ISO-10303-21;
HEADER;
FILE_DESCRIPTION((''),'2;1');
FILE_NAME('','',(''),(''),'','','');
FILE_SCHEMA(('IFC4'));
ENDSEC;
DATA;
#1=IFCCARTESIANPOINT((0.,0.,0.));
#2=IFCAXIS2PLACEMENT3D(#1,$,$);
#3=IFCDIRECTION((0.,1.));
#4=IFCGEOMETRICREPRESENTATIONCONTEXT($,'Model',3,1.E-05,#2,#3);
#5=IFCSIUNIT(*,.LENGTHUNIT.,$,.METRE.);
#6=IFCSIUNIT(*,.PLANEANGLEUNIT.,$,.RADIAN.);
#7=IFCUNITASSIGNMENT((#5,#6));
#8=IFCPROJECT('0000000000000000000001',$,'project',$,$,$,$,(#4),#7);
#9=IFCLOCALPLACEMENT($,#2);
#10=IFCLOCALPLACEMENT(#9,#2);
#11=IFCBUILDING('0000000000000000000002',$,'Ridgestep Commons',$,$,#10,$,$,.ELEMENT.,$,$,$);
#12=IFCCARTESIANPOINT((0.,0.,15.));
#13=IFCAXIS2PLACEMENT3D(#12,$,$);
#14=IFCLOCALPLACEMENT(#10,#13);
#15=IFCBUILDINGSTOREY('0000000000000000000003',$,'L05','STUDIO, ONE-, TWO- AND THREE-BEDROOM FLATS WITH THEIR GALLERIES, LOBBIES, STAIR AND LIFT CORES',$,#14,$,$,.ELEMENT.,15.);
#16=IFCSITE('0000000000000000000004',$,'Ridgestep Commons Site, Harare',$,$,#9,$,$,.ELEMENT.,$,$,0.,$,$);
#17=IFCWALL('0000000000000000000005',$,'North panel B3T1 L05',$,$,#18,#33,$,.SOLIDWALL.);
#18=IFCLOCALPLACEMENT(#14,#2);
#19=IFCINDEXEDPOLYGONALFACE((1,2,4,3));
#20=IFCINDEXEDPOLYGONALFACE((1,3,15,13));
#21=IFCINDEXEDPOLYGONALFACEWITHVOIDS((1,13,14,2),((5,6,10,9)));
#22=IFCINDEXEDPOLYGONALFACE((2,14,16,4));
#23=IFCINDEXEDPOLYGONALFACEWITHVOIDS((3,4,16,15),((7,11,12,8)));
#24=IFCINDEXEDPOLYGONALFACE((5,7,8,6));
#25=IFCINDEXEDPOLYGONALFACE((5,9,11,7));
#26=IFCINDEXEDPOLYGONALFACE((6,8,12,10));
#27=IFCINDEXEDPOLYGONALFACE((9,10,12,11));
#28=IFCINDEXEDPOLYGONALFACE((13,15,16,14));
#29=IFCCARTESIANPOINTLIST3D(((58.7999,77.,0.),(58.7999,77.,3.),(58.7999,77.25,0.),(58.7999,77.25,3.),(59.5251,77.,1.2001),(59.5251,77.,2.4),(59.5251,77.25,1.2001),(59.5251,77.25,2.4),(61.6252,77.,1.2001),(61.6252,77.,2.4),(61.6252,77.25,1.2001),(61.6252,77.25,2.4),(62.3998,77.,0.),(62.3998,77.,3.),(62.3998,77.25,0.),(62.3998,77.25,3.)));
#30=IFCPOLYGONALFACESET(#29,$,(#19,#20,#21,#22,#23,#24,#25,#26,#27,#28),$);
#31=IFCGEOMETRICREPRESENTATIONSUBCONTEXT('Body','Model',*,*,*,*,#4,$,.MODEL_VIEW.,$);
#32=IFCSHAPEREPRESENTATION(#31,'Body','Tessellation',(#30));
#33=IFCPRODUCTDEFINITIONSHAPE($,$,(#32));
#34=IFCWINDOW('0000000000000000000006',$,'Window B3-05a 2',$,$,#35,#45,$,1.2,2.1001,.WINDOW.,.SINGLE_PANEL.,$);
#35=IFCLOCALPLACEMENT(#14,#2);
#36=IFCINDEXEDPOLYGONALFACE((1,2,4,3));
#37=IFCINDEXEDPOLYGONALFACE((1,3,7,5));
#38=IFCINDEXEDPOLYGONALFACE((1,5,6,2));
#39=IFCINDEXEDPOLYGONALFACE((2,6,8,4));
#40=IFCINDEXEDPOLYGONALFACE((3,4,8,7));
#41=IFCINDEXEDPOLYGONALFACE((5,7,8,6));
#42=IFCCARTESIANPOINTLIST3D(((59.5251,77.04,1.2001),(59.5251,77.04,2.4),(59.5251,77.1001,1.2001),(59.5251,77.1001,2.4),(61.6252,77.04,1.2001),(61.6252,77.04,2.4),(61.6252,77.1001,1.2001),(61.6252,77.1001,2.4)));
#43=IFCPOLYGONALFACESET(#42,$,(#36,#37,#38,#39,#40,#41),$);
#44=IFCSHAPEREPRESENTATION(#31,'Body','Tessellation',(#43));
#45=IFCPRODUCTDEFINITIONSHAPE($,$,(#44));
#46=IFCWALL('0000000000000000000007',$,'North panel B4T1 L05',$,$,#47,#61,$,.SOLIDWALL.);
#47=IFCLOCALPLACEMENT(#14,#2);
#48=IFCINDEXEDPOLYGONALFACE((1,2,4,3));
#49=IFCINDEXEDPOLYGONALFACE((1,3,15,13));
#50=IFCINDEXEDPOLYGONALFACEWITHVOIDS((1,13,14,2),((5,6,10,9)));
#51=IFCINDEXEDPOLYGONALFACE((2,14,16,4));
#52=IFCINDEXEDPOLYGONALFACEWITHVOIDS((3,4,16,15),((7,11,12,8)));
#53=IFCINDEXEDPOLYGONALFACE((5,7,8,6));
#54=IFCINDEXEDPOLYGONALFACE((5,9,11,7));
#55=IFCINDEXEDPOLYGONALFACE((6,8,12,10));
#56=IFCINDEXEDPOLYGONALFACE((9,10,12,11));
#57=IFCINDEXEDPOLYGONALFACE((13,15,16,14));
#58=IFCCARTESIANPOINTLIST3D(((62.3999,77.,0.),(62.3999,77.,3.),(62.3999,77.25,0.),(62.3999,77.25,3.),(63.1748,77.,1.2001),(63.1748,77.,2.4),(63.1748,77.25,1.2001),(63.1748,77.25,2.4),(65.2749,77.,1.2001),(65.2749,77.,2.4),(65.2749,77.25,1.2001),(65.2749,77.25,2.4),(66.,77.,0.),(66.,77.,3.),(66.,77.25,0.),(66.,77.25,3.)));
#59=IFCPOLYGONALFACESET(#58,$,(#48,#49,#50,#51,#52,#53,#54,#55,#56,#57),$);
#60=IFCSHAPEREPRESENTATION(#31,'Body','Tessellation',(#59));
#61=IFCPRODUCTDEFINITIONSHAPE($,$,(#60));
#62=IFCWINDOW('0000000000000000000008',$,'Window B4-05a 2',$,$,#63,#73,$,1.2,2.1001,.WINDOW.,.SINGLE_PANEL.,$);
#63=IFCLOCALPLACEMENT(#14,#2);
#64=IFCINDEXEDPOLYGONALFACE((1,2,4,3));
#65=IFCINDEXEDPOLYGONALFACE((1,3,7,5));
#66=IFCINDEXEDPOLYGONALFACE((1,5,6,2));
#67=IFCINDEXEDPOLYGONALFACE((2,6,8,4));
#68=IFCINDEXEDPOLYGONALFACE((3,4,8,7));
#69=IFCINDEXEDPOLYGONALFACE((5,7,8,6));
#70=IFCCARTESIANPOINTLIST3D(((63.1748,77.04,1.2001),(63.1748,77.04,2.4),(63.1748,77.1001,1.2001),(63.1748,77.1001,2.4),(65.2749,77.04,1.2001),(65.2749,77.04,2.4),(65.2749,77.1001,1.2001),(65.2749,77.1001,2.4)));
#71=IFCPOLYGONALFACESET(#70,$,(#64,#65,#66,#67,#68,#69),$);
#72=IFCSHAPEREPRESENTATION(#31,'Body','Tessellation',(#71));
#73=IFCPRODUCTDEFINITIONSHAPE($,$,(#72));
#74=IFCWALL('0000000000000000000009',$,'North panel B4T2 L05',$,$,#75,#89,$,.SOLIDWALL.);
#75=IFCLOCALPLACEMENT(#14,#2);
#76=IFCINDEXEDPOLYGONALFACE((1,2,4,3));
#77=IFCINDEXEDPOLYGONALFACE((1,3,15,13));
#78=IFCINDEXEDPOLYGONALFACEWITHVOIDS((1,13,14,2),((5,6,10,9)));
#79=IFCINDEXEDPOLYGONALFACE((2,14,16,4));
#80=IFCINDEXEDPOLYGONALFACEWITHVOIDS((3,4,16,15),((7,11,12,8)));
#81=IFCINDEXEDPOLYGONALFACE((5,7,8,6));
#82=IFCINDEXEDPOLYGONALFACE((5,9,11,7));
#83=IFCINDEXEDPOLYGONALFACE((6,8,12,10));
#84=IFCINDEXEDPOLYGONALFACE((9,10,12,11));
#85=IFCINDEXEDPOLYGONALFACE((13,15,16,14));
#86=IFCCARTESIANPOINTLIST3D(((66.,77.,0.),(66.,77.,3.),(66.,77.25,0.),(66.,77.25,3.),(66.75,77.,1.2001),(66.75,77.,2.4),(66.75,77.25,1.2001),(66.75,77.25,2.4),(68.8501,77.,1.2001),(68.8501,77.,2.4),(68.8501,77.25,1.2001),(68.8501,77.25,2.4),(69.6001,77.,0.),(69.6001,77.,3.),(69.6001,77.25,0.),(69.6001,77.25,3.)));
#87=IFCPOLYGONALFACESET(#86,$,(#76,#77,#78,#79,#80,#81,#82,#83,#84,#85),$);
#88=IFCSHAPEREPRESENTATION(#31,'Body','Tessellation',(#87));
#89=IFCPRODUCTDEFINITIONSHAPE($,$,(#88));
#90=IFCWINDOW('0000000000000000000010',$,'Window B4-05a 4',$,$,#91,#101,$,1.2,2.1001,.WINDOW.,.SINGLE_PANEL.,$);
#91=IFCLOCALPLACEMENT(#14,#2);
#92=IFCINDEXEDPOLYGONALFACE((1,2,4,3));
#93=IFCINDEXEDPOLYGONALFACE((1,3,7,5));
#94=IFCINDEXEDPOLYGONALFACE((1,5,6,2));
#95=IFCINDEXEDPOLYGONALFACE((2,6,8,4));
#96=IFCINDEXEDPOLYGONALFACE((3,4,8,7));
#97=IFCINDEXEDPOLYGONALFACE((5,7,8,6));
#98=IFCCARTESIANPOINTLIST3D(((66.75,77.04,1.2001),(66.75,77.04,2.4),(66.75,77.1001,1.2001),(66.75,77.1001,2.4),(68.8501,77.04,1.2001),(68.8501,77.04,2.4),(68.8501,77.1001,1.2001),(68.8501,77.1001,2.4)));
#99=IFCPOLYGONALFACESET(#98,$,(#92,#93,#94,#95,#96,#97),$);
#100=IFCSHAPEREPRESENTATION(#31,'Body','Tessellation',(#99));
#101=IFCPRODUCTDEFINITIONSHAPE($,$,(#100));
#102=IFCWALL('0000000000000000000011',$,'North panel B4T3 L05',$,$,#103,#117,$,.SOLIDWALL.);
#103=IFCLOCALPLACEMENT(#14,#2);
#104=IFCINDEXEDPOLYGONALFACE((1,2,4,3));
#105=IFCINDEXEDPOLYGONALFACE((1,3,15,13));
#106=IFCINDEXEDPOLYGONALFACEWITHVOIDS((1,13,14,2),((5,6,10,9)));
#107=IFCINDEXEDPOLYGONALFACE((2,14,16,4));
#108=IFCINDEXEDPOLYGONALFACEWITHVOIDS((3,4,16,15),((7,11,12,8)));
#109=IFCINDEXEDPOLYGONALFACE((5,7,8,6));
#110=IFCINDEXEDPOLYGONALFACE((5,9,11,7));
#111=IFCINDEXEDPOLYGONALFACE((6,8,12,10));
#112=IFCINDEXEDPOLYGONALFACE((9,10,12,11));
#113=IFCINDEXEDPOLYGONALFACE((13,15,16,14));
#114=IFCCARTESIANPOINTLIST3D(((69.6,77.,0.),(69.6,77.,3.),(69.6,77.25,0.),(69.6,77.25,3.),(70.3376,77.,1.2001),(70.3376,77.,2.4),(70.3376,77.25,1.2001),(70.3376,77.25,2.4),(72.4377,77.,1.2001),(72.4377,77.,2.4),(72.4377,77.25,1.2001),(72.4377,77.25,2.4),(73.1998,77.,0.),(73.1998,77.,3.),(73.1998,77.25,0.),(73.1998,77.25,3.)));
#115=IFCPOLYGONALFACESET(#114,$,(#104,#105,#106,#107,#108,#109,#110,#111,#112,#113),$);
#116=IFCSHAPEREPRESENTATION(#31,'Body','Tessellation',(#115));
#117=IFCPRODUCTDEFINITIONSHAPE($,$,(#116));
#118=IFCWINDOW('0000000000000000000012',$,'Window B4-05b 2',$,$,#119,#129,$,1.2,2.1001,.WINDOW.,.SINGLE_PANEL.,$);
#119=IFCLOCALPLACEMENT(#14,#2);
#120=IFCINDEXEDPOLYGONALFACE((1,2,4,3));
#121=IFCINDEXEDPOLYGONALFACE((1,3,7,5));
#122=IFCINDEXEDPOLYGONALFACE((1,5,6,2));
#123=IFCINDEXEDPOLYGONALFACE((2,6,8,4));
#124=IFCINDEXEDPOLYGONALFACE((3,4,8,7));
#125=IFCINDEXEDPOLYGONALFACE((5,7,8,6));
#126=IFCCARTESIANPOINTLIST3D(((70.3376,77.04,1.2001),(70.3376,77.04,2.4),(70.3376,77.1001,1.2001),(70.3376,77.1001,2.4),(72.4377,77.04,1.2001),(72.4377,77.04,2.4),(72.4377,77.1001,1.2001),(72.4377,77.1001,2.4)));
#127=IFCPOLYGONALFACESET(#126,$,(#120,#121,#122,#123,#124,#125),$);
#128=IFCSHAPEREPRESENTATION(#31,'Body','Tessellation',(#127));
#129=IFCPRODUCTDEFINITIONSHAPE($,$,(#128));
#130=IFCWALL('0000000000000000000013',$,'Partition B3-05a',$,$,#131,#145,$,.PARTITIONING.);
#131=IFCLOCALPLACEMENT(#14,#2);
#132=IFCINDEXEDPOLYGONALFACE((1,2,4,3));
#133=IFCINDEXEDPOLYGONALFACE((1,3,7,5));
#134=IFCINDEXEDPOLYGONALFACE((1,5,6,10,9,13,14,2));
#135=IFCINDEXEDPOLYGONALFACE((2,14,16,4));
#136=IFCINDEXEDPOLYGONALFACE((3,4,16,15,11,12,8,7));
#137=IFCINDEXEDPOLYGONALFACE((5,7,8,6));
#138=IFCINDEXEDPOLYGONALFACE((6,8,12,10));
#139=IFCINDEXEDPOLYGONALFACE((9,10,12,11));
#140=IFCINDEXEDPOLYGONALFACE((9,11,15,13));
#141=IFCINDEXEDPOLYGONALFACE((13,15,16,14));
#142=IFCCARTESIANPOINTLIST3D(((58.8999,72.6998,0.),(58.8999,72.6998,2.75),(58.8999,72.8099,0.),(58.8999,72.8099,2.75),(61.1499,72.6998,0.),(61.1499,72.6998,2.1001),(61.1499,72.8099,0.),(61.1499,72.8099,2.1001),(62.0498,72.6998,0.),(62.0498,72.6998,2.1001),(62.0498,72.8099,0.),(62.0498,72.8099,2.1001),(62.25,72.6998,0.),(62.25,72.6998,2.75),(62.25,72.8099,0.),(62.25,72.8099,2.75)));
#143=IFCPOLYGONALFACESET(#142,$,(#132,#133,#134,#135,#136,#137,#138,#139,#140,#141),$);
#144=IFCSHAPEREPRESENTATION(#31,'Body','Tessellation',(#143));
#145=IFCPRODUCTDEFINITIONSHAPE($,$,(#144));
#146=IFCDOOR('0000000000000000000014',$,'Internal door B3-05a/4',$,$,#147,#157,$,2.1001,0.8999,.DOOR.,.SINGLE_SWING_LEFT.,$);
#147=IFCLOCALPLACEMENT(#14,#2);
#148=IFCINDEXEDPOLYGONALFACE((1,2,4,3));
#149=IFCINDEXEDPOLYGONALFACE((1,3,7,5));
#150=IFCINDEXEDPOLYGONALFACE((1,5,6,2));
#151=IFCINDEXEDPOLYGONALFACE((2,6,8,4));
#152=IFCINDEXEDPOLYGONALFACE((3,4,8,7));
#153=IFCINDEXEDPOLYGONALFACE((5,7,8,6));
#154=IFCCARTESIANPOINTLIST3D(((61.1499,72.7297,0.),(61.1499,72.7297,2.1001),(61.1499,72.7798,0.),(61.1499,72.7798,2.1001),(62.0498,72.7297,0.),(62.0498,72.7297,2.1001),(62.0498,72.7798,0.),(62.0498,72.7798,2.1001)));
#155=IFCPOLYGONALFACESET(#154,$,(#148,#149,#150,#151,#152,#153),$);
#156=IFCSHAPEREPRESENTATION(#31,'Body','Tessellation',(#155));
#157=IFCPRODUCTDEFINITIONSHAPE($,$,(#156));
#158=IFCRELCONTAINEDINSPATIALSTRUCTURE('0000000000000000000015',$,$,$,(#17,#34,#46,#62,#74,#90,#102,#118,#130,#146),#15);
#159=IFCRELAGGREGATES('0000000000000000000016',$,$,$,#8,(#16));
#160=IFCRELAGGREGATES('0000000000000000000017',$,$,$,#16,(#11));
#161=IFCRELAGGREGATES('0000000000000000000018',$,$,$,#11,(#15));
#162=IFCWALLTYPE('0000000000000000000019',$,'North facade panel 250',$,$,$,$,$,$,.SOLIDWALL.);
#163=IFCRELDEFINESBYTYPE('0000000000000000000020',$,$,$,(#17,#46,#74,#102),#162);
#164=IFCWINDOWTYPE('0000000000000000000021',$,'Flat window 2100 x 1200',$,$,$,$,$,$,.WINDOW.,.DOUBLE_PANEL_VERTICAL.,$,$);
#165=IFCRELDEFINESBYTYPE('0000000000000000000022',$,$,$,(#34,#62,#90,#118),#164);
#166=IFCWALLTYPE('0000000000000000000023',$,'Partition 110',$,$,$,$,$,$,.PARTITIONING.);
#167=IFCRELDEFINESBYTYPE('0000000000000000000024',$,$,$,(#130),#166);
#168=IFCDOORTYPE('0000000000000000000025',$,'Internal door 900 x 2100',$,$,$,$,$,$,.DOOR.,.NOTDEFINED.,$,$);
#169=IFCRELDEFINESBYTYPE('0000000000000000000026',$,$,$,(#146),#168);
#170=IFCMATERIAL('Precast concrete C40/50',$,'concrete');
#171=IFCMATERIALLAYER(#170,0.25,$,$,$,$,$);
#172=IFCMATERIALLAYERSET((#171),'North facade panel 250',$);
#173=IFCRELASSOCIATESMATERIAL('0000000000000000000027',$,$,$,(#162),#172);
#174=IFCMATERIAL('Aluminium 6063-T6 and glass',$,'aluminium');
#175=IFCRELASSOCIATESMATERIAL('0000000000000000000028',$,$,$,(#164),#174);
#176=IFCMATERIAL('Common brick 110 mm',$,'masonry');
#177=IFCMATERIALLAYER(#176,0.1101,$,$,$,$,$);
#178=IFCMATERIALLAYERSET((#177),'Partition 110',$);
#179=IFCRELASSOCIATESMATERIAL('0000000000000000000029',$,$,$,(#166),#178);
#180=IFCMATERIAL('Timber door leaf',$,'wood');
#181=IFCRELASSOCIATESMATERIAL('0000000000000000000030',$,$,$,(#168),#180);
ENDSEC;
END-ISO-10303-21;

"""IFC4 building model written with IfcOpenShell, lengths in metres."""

from ifc_helpers import new_model, si_unit, direction, frame, frame_2d, origin, place, context, subcontext, project, spatial, rectangle, extrude, material, layer, layer_set, type_object, element, fill, save


model = new_model("IFC4")

# Units and contexts
model_context = context("Model", 3, precision=1e-05, world=origin(), true_north=direction((0.0, 1.0)))
body_context = subcontext(model_context, "Body", "Model", "MODEL_VIEW")
ifc_project = project(units=[si_unit("LENGTHUNIT", "METRE"), si_unit("PLANEANGLEUNIT", "RADIAN")], contexts=[model_context])

# Site, building, storey
site_placement = place(None, origin())
site = spatial("IfcSite", under=ifc_project, at=site_placement, Name="Ridgestep Commons Site, Harare", CompositionType="ELEMENT", RefElevation=0.0)
building_placement = place(site_placement, origin())
building = spatial("IfcBuilding", under=site, at=building_placement, Name="Ridgestep Commons", CompositionType="ELEMENT")
storey_placement = place(building_placement, frame((0.0, 0.0, 15.0)))
storey = spatial("IfcBuildingStorey", under=building, at=storey_placement, Name="L05", Description="STUDIO, ONE-, TWO- AND THREE-BEDROOM FLATS WITH THEIR GALLERIES, LOBBIES, STAIR AND LIFT CORES", CompositionType="ELEMENT", Elevation=15.0)

# Walls, openings, windows
ifc_material_1 = material(Name="Precast concrete C40/50", Category="concrete")
ifc_layer_1 = layer(ifc_material_1, 0.25)
ifc_layer_set_1 = layer_set([ifc_layer_1], Name="North facade panel 250")
wall_type_1 = type_object("IfcWallType", Name="North facade panel 250", PredefinedType="SOLIDWALL", material=ifc_layer_set_1)
wall_1_placement = place(storey_placement, frame((58.8, 77.125, 0.0), z_axis=(0.0, 0.0, 1.0), x_axis=(1.0, 0.0, 0.0)))
wall_1 = element("IfcWall", 1, at=wall_1_placement, inside=storey, type_object=wall_type_1, Name="North panel B3T1 L05", PredefinedType="SOLIDWALL", context=body_context, shape_type="SweptSolid", body=[
    extrude(rectangle(XDim=3.5999, YDim=0.25, at=frame_2d((1.7998, 0.0))), origin(), (0.0, 0.0, 1.0), 3.0),
])
opening_1_placement = place(wall_1_placement, frame((0.7251, 0.0, 1.2)))
opening_1 = element("IfcOpeningElement", 2, at=opening_1_placement, cuts=wall_1, PredefinedType="OPENING", context=body_context, shape_type="SweptSolid", body=[
    extrude(rectangle(XDim=2.1001, YDim=1.2, at=frame_2d((1.05, 0.6001))), frame((0.0, 0.135, 0.0), z_axis=(0.0, -1.0, 0.0), x_axis=(1.0, 0.0, 0.0)), (0.0, 0.0, 1.0), 0.27),
])
ifc_material_2 = material(Name="Aluminium 6063-T6 and glass", Category="aluminium")
window_type = type_object("IfcWindowType", Name="Flat window 2100 x 1200", PartitioningType="DOUBLE_PANEL_VERTICAL", PredefinedType="WINDOW", material=ifc_material_2)
window_1_placement = place(opening_1_placement, origin())
window_1 = element("IfcWindow", 3, at=window_1_placement, inside=storey, type_object=window_type, Name="Window B3-05a 2", OverallHeight=1.2, OverallWidth=2.1001, PartitioningType="SINGLE_PANEL", PredefinedType="WINDOW", context=body_context, shape_type="SweptSolid", body=[
    extrude(rectangle(XDim=2.1001, YDim=1.2, at=frame_2d((1.05, 0.6001))), frame((0.0, -0.0249, 0.0), z_axis=(0.0, -1.0, 0.0), x_axis=(1.0, 0.0, 0.0)), (0.0, 0.0, 1.0), 0.0601),
])
fill(opening_1, window_1)
wall_2_placement = place(storey_placement, frame((62.3999, 77.125, 0.0), z_axis=(0.0, 0.0, 1.0), x_axis=(1.0, 0.0, 0.0)))
wall_2 = element("IfcWall", 4, at=wall_2_placement, inside=storey, type_object=wall_type_1, Name="North panel B4T1 L05", PredefinedType="SOLIDWALL", context=body_context, shape_type="SweptSolid", body=[
    extrude(rectangle(XDim=3.6001, YDim=0.25, at=frame_2d((1.8, 0.0))), origin(), (0.0, 0.0, 1.0), 3.0),
])
opening_2_placement = place(wall_2_placement, frame((0.7749, 0.0, 1.2)))
opening_2 = element("IfcOpeningElement", 5, at=opening_2_placement, cuts=wall_2, PredefinedType="OPENING", context=body_context, shape_type="SweptSolid", body=[
    extrude(rectangle(XDim=2.1001, YDim=1.2, at=frame_2d((1.05, 0.6001))), frame((0.0, 0.135, 0.0), z_axis=(0.0, -1.0, 0.0), x_axis=(1.0, 0.0, 0.0)), (0.0, 0.0, 1.0), 0.27),
])
window_2_placement = place(opening_2_placement, origin())
window_2 = element("IfcWindow", 6, at=window_2_placement, inside=storey, type_object=window_type, Name="Window B4-05a 2", OverallHeight=1.2, OverallWidth=2.1001, PartitioningType="SINGLE_PANEL", PredefinedType="WINDOW", context=body_context, shape_type="SweptSolid", body=[
    extrude(rectangle(XDim=2.1001, YDim=1.2, at=frame_2d((1.05, 0.6001))), frame((0.0, -0.0249, 0.0), z_axis=(0.0, -1.0, 0.0), x_axis=(1.0, 0.0, 0.0)), (0.0, 0.0, 1.0), 0.0601),
])
fill(opening_2, window_2)
wall_3_placement = place(storey_placement, frame((66.0, 77.125, 0.0), z_axis=(0.0, 0.0, 1.0), x_axis=(1.0, 0.0, 0.0)))
wall_3 = element("IfcWall", 7, at=wall_3_placement, inside=storey, type_object=wall_type_1, Name="North panel B4T2 L05", PredefinedType="SOLIDWALL", context=body_context, shape_type="SweptSolid", body=[
    extrude(rectangle(XDim=3.6001, YDim=0.25, at=frame_2d((1.8, 0.0))), origin(), (0.0, 0.0, 1.0), 3.0),
])
opening_3_placement = place(wall_3_placement, frame((0.75, 0.0, 1.2)))
opening_3 = element("IfcOpeningElement", 8, at=opening_3_placement, cuts=wall_3, PredefinedType="OPENING", context=body_context, shape_type="SweptSolid", body=[
    extrude(rectangle(XDim=2.1001, YDim=1.2, at=frame_2d((1.05, 0.6001))), frame((0.0, 0.135, 0.0), z_axis=(0.0, -1.0, 0.0), x_axis=(1.0, 0.0, 0.0)), (0.0, 0.0, 1.0), 0.27),
])
window_3_placement = place(opening_3_placement, origin())
window_3 = element("IfcWindow", 9, at=window_3_placement, inside=storey, type_object=window_type, Name="Window B4-05a 4", OverallHeight=1.2, OverallWidth=2.1001, PartitioningType="SINGLE_PANEL", PredefinedType="WINDOW", context=body_context, shape_type="SweptSolid", body=[
    extrude(rectangle(XDim=2.1001, YDim=1.2, at=frame_2d((1.05, 0.6001))), frame((0.0, -0.0249, 0.0), z_axis=(0.0, -1.0, 0.0), x_axis=(1.0, 0.0, 0.0)), (0.0, 0.0, 1.0), 0.0601),
])
fill(opening_3, window_3)
wall_4_placement = place(storey_placement, frame((69.6001, 77.125, 0.0), z_axis=(0.0, 0.0, 1.0), x_axis=(1.0, 0.0, 0.0)))
wall_4 = element("IfcWall", 10, at=wall_4_placement, inside=storey, type_object=wall_type_1, Name="North panel B4T3 L05", PredefinedType="SOLIDWALL", context=body_context, shape_type="SweptSolid", body=[
    extrude(rectangle(XDim=3.5999, YDim=0.25, at=frame_2d((1.7998, 0.0))), origin(), (0.0, 0.0, 1.0), 3.0),
])
opening_4_placement = place(wall_4_placement, frame((0.7375, 0.0, 1.2)))
opening_4 = element("IfcOpeningElement", 11, at=opening_4_placement, cuts=wall_4, PredefinedType="OPENING", context=body_context, shape_type="SweptSolid", body=[
    extrude(rectangle(XDim=2.1001, YDim=1.2, at=frame_2d((1.05, 0.6001))), frame((0.0, 0.135, 0.0), z_axis=(0.0, -1.0, 0.0), x_axis=(1.0, 0.0, 0.0)), (0.0, 0.0, 1.0), 0.27),
])
window_4_placement = place(opening_4_placement, origin())
window_4 = element("IfcWindow", 12, at=window_4_placement, inside=storey, type_object=window_type, Name="Window B4-05b 2", OverallHeight=1.2, OverallWidth=2.1001, PartitioningType="SINGLE_PANEL", PredefinedType="WINDOW", context=body_context, shape_type="SweptSolid", body=[
    extrude(rectangle(XDim=2.1001, YDim=1.2, at=frame_2d((1.05, 0.6001))), frame((0.0, -0.0249, 0.0), z_axis=(0.0, -1.0, 0.0), x_axis=(1.0, 0.0, 0.0)), (0.0, 0.0, 1.0), 0.0601),
])
fill(opening_4, window_4)

# Wall, opening, door
ifc_material_3 = material(Name="Common brick 110 mm", Category="masonry")
ifc_layer_2 = layer(ifc_material_3, 0.1101)
ifc_layer_set_2 = layer_set([ifc_layer_2], Name="Partition 110")
wall_type_2 = type_object("IfcWallType", Name="Partition 110", PredefinedType="PARTITIONING", material=ifc_layer_set_2)
wall_5_placement = place(storey_placement, frame((58.8999, 72.7549, 0.0), z_axis=(0.0, 0.0, 1.0), x_axis=(1.0, 0.0, 0.0)))
wall_5 = element("IfcWall", 13, at=wall_5_placement, inside=storey, type_object=wall_type_2, Name="Partition B3-05a", PredefinedType="PARTITIONING", context=body_context, shape_type="SweptSolid", body=[
    extrude(rectangle(XDim=3.3501, YDim=0.1101, at=frame_2d((1.675, 0.0))), origin(), (0.0, 0.0, 1.0), 2.75),
])
opening_5_placement = place(wall_5_placement, frame((2.25, 0.0, 0.0)))
opening_5 = element("IfcOpeningElement", 14, at=opening_5_placement, cuts=wall_5, PredefinedType="OPENING", context=body_context, shape_type="SweptSolid", body=[
    extrude(rectangle(XDim=0.8999, YDim=2.1001, at=frame_2d((0.45, 1.05))), frame((0.0, 0.0649, 0.0), z_axis=(0.0, -1.0, 0.0), x_axis=(1.0, 0.0, 0.0)), (0.0, 0.0, 1.0), 0.1301),
])
ifc_material_4 = material(Name="Timber door leaf", Category="wood")
door_type = type_object("IfcDoorType", Name="Internal door 900 x 2100", OperationType="NOTDEFINED", PredefinedType="DOOR", material=ifc_material_4)
door_1_placement = place(opening_5_placement, origin())
door_1 = element("IfcDoor", 15, at=door_1_placement, inside=storey, type_object=door_type, Name="Internal door B3-05a/4", OperationType="SINGLE_SWING_LEFT", OverallHeight=2.1001, OverallWidth=0.8999, PredefinedType="DOOR", context=body_context, shape_type="SweptSolid", body=[
    extrude(rectangle(XDim=0.8999, YDim=2.1001, at=frame_2d((0.45, 1.05))), frame((0.0, 0.0249, 0.0), z_axis=(0.0, -1.0, 0.0), x_axis=(1.0, 0.0, 0.0)), (0.0, 0.0, 1.0), 0.05),
])
fill(opening_5, door_1)

save(model, "model.ifc")
